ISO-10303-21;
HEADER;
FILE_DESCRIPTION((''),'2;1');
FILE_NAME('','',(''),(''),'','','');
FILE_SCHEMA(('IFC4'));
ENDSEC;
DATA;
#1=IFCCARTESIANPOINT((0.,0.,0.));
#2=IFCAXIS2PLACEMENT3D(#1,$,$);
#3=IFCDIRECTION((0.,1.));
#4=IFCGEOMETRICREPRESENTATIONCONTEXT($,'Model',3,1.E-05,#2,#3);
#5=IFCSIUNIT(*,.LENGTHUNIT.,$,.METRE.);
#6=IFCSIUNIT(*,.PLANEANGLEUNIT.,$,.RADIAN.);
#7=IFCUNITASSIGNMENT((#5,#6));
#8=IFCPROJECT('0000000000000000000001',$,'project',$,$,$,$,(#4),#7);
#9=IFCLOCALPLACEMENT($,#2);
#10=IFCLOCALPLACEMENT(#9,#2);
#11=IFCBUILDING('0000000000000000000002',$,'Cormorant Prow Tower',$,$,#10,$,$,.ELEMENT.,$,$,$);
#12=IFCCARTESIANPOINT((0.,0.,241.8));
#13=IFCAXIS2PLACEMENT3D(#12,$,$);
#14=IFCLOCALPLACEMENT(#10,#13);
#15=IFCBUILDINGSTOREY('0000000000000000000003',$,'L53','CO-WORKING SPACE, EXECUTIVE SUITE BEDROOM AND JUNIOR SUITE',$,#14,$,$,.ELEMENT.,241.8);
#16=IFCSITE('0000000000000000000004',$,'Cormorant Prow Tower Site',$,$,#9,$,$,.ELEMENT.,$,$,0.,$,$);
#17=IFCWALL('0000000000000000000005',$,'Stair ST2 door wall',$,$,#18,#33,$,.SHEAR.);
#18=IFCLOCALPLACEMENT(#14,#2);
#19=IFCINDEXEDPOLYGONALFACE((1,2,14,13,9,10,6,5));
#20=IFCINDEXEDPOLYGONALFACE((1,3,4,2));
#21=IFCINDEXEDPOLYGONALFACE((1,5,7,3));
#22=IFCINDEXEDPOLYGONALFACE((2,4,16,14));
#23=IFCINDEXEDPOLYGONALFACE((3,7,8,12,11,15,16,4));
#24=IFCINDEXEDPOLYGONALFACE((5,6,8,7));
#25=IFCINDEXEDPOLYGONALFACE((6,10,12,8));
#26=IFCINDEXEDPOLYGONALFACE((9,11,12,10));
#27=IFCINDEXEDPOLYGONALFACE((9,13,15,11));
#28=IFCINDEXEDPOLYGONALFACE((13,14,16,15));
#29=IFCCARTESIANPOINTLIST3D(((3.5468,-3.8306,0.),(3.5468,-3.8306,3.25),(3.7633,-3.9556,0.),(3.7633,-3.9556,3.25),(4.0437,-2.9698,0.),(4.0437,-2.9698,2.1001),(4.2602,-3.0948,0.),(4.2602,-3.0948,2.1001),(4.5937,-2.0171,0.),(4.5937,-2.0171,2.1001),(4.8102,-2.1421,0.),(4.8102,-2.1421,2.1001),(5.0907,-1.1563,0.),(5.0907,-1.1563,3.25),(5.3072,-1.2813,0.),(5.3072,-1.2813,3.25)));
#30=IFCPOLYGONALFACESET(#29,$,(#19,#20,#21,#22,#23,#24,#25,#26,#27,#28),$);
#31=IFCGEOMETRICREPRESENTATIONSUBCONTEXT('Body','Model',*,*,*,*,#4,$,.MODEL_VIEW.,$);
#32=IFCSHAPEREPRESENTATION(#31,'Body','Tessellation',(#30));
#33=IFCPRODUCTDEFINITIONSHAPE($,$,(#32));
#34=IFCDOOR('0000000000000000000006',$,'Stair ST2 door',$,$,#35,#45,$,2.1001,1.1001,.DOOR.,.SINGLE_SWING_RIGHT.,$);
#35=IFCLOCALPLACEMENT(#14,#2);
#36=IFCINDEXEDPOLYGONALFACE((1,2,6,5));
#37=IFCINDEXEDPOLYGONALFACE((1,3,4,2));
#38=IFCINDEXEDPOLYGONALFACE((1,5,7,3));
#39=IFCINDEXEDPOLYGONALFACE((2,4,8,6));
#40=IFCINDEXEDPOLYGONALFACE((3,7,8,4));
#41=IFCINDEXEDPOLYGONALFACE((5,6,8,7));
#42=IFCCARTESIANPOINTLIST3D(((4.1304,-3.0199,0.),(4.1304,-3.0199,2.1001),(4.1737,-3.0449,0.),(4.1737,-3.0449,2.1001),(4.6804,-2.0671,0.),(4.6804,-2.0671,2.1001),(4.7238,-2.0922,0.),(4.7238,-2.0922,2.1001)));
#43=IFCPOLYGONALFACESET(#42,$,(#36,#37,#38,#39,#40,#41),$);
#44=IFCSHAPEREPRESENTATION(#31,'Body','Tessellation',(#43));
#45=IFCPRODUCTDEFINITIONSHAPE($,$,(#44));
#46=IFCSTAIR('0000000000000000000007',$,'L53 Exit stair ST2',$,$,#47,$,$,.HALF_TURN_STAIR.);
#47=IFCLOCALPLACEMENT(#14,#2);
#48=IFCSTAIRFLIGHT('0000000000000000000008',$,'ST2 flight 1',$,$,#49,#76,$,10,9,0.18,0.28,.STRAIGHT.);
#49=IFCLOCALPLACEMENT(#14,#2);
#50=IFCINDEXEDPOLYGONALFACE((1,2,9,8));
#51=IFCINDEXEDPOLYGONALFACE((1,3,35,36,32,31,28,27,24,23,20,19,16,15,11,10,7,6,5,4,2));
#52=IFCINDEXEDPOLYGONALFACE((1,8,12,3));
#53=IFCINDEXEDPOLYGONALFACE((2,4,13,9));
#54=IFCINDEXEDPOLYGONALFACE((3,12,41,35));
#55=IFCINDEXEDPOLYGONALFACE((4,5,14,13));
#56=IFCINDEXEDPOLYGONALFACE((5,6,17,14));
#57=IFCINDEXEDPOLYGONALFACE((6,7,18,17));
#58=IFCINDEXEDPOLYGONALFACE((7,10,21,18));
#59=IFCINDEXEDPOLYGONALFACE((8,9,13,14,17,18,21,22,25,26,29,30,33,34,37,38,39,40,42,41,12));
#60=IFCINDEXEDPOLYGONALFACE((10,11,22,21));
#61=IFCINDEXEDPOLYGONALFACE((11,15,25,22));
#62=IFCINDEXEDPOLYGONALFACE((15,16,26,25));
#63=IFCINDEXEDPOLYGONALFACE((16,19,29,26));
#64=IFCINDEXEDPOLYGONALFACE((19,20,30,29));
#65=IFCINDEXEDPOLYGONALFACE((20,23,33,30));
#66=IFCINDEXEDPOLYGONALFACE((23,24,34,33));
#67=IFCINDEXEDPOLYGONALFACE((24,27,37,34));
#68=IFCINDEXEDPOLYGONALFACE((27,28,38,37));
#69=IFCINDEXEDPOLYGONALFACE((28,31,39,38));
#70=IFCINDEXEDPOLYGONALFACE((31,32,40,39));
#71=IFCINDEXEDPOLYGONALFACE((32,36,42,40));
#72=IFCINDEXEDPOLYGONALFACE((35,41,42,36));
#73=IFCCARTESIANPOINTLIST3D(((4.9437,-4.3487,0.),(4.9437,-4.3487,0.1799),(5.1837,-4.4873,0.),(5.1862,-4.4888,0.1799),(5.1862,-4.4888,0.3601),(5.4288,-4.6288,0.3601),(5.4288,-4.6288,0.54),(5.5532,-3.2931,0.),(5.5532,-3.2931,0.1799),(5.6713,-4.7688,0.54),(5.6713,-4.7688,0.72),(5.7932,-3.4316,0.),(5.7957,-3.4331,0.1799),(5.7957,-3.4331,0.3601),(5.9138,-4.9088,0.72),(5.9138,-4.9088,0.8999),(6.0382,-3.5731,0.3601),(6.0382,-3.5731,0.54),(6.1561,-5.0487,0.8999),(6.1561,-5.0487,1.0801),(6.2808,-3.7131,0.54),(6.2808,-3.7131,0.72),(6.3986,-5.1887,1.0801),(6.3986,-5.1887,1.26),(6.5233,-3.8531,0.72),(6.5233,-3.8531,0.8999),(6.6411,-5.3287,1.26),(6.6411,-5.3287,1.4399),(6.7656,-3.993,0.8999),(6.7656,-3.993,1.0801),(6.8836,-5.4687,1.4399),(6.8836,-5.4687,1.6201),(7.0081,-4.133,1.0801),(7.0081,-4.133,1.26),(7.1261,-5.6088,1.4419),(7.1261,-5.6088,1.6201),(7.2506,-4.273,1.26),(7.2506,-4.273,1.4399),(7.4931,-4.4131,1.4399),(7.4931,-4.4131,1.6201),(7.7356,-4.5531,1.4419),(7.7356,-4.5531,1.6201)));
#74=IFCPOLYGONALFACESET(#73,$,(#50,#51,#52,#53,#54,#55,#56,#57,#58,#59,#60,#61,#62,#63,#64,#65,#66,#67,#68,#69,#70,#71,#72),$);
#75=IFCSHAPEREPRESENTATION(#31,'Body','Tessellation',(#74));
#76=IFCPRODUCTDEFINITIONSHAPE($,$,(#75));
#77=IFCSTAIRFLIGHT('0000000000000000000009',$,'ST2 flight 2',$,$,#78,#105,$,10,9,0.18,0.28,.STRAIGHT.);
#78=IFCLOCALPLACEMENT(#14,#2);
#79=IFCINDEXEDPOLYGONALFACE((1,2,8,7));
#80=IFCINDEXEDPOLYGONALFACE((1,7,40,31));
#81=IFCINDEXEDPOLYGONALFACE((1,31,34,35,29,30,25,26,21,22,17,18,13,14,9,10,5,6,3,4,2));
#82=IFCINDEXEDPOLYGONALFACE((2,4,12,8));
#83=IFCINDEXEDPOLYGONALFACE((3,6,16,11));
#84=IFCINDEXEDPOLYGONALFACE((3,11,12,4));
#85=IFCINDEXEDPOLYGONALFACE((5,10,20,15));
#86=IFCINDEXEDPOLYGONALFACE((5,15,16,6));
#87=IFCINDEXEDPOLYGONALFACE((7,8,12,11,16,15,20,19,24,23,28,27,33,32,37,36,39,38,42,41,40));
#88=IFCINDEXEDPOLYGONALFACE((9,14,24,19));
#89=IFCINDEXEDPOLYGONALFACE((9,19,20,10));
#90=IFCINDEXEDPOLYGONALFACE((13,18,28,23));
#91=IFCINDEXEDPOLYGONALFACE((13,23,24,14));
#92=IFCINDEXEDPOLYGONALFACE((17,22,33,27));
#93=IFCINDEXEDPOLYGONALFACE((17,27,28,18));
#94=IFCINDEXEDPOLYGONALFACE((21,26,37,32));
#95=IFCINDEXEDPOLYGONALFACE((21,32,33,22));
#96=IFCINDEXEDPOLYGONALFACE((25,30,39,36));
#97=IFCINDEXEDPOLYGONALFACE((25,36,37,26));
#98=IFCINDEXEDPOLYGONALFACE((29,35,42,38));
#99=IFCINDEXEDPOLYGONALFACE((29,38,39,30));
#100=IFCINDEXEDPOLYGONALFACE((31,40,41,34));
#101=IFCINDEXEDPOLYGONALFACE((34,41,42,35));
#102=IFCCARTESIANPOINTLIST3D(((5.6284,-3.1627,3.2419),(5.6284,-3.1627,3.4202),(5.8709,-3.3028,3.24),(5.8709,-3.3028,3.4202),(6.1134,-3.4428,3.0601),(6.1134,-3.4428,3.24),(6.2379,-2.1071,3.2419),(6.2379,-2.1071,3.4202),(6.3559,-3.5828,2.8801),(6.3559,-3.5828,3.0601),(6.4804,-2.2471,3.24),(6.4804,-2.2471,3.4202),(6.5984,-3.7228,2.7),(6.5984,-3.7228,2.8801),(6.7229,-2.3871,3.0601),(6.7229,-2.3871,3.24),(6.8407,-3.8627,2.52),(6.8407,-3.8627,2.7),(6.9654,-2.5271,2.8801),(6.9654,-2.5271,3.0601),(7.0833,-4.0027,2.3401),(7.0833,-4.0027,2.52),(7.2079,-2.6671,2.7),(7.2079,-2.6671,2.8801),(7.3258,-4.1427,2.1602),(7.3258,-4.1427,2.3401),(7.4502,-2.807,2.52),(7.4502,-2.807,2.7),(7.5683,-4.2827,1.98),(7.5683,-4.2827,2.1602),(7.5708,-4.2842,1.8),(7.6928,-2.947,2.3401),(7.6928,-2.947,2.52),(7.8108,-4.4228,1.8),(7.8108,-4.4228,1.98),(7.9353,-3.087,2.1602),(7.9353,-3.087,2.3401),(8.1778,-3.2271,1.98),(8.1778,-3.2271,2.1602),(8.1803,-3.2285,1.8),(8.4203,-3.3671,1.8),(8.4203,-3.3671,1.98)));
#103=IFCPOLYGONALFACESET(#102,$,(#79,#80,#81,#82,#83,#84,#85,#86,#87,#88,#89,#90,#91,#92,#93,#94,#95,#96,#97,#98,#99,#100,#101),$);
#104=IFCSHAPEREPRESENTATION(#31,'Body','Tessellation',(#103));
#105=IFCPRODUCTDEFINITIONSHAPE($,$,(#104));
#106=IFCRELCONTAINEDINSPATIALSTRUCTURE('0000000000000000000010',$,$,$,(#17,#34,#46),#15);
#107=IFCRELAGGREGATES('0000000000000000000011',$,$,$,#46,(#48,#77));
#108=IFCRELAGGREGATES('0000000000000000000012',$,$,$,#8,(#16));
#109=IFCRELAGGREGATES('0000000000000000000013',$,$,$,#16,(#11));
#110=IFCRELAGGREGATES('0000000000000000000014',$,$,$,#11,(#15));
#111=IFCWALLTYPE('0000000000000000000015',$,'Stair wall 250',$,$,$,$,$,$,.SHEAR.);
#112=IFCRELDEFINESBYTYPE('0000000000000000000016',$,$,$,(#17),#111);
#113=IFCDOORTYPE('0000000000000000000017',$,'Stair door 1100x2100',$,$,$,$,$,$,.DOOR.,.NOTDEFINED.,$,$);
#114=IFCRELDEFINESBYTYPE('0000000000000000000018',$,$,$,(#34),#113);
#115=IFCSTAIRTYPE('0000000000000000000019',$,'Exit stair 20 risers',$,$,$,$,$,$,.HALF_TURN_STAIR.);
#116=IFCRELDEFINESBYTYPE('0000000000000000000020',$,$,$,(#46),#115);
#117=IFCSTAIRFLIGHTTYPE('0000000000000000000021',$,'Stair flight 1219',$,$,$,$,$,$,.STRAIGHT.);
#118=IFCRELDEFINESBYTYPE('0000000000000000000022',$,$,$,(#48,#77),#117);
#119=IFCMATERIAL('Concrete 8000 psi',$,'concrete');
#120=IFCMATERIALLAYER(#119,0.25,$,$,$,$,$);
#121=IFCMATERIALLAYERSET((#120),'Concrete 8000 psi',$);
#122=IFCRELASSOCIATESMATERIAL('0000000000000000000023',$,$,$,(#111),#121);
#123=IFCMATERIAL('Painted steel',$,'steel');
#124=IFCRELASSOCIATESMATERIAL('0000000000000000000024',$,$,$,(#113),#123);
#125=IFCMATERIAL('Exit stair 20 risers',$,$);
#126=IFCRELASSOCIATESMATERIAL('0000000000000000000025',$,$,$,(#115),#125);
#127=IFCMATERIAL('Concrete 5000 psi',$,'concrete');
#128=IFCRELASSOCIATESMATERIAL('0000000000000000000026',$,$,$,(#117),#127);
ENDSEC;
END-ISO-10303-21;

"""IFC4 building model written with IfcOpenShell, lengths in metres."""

from ifc_helpers import new_model, si_unit, direction, frame, frame_2d, origin, place, context, subcontext, project, spatial, polyline, rectangle, outline, extrude, material, layer, layer_set, type_object, element, fill, aggregate, save


model = new_model("IFC4")

# Units and contexts
model_context = context("Model", 3, precision=1e-05, world=origin(), true_north=direction((0.0, 1.0)))
body_context = subcontext(model_context, "Body", "Model", "MODEL_VIEW")
ifc_project = project(units=[si_unit("LENGTHUNIT", "METRE"), si_unit("PLANEANGLEUNIT", "RADIAN")], contexts=[model_context])

# Site, building, storey
site_placement = place(None, origin())
site = spatial("IfcSite", under=ifc_project, at=site_placement, Name="Cormorant Prow Tower Site", CompositionType="ELEMENT", RefElevation=0.0)
building_placement = place(site_placement, origin())
building = spatial("IfcBuilding", under=site, at=building_placement, Name="Cormorant Prow Tower", CompositionType="ELEMENT")
storey_placement = place(building_placement, frame((0.0, 0.0, 241.8)))
storey = spatial("IfcBuildingStorey", under=building, at=storey_placement, Name="L53", Description="CO-WORKING SPACE, EXECUTIVE SUITE BEDROOM AND JUNIOR SUITE", CompositionType="ELEMENT", Elevation=241.8)

# Wall, opening, door
ifc_material_1 = material(Name="Concrete 8000 psi", Category="concrete")
ifc_layer_1 = layer(ifc_material_1, 0.25)
ifc_layer_set_1 = layer_set([ifc_layer_1], Name="Concrete 8000 psi")
wall_type_1 = type_object("IfcWallType", Name="Stair wall 250", PredefinedType="SHEAR", material=ifc_layer_set_1)
wall_1_placement = place(storey_placement, frame((3.655, -3.8931, 0.0), z_axis=(0.0, 0.0, 1.0), x_axis=(0.499983, 0.866035, 0.0)))
wall_1 = element("IfcWall", 1, at=wall_1_placement, inside=storey, type_object=wall_type_1, Name="Stair ST2 door wall", PredefinedType="SHEAR", context=body_context, shape_type="SweptSolid", body=[
    extrude(rectangle(XDim=3.0879, YDim=0.25, at=frame_2d((1.5439, 0.0))), origin(), (0.0, 0.0, 1.0), 3.25),
])
opening_1_placement = place(wall_1_placement, frame((0.9939, 0.0, 0.0)))
opening_1 = element("IfcOpeningElement", 2, at=opening_1_placement, cuts=wall_1, PredefinedType="OPENING", context=body_context, shape_type="SweptSolid", body=[
    extrude(rectangle(XDim=1.1001, YDim=2.1001, at=frame_2d((0.55, 1.05))), frame((0.0, 0.135, 0.0), z_axis=(0.0, -1.0, 0.0), x_axis=(1.0, 0.0, 0.0)), (0.0, 0.0, 1.0), 0.27),
])
ifc_material_2 = material(Name="Painted steel", Category="steel")
door_type_1 = type_object("IfcDoorType", Name="Stair door 1100x2100", OperationType="NOTDEFINED", PredefinedType="DOOR", material=ifc_material_2)
door_1_placement = place(opening_1_placement, origin())
door_1 = element("IfcDoor", 3, at=door_1_placement, inside=storey, type_object=door_type_1, Name="Stair ST2 door", OperationType="SINGLE_SWING_RIGHT", OverallHeight=2.1001, OverallWidth=1.1001, PredefinedType="DOOR", context=body_context, shape_type="SweptSolid", body=[
    extrude(rectangle(XDim=1.1001, YDim=2.1001, at=frame_2d((0.55, 1.05))), frame((0.0, 0.0249, 0.0), z_axis=(0.0, -1.0, 0.0), x_axis=(1.0, 0.0, 0.0)), (0.0, 0.0, 1.0), 0.05),
])
fill(opening_1, door_1)

# Stair, stair flights
ifc_material_3 = material(Name="Exit stair 20 risers")
stair_type = type_object("IfcStairType", Name="Exit stair 20 risers", PredefinedType="HALF_TURN_STAIR", material=ifc_material_3)
stair_placement = place(storey_placement, origin())
stair = element("IfcStair", 4, at=stair_placement, inside=storey, type_object=stair_type, Name="L53 Exit stair ST2", PredefinedType="HALF_TURN_STAIR")
ifc_material_4 = material(Name="Concrete 5000 psi", Category="concrete")
stair_flight_type = type_object("IfcStairFlightType", Name="Stair flight 1219", PredefinedType="STRAIGHT", material=ifc_material_4)
stair_flight_1_placement = place(storey_placement, frame((5.2485, -3.8208, 0.0), z_axis=(0.0, 0.0, 1.0), x_axis=(0.866025, -0.5, 0.0)))
stair_flight_1 = element("IfcStairFlight", 5, at=stair_flight_1_placement, type_object=stair_flight_type, Name="ST2 flight 1", NumberOfRisers=10, NumberOfTreads=9, PredefinedType="STRAIGHT", RiserHeight=0.18, TreadLength=0.28, context=body_context, shape_type="SweptSolid", body=[
    extrude(outline(polyline([(0.0, 0.0), (0.0, 0.1799), (0.28, 0.1799), (0.28, 0.3601), (0.5601, 0.3601), (0.5601, 0.54), (0.8401, 0.54), (0.8401, 0.72), (1.1201, 0.72), (1.1201, 0.8999), (1.3999, 0.8999), (1.3999, 1.0801), (1.6799, 1.0801), (1.6799, 1.26), (1.96, 1.26), (1.96, 1.4399), (2.24, 1.4399), (2.24, 1.6201), (2.52, 1.6201), (2.52, 1.8), (2.52, 1.4419), (0.2771, 0.0), (0.0, 0.0)])), frame((0.0, 0.6094, 0.0), z_axis=(0.0, -1.0, 0.0), x_axis=(1.0, 0.0, 0.0)), (0.0, 0.0, 1.0), 1.219),
])
stair_flight_2_placement = place(storey_placement, frame((8.1155, -3.895, 1.8), z_axis=(0.0, 0.0, 1.0), x_axis=(-0.866025, 0.5, 0.0)))
stair_flight_2 = element("IfcStairFlight", 6, at=stair_flight_2_placement, type_object=stair_flight_type, Name="ST2 flight 2", NumberOfRisers=10, NumberOfTreads=9, PredefinedType="STRAIGHT", RiserHeight=0.18, TreadLength=0.28, context=body_context, shape_type="SweptSolid", body=[
    extrude(outline(polyline([(0.0, 0.0), (0.0, 0.1799), (0.28, 0.1799), (0.28, 0.3601), (0.5601, 0.3601), (0.5601, 0.54), (0.8401, 0.54), (0.8401, 0.72), (1.1201, 0.72), (1.1201, 0.8999), (1.3999, 0.8999), (1.3999, 1.0801), (1.6799, 1.0801), (1.6799, 1.26), (1.96, 1.26), (1.96, 1.4399), (2.24, 1.4399), (2.24, 1.6201), (2.52, 1.6201), (2.52, 1.8), (2.52, 1.4419), (0.2771, 0.0), (0.0, 0.0)])), frame((0.0, 0.6094, 0.0), z_axis=(0.0, -1.0, 0.0), x_axis=(1.0, 0.0, 0.0)), (0.0, 0.0, 1.0), 1.219),
])
aggregate(stair, [stair_flight_1, stair_flight_2])

save(model, "model.ifc")
